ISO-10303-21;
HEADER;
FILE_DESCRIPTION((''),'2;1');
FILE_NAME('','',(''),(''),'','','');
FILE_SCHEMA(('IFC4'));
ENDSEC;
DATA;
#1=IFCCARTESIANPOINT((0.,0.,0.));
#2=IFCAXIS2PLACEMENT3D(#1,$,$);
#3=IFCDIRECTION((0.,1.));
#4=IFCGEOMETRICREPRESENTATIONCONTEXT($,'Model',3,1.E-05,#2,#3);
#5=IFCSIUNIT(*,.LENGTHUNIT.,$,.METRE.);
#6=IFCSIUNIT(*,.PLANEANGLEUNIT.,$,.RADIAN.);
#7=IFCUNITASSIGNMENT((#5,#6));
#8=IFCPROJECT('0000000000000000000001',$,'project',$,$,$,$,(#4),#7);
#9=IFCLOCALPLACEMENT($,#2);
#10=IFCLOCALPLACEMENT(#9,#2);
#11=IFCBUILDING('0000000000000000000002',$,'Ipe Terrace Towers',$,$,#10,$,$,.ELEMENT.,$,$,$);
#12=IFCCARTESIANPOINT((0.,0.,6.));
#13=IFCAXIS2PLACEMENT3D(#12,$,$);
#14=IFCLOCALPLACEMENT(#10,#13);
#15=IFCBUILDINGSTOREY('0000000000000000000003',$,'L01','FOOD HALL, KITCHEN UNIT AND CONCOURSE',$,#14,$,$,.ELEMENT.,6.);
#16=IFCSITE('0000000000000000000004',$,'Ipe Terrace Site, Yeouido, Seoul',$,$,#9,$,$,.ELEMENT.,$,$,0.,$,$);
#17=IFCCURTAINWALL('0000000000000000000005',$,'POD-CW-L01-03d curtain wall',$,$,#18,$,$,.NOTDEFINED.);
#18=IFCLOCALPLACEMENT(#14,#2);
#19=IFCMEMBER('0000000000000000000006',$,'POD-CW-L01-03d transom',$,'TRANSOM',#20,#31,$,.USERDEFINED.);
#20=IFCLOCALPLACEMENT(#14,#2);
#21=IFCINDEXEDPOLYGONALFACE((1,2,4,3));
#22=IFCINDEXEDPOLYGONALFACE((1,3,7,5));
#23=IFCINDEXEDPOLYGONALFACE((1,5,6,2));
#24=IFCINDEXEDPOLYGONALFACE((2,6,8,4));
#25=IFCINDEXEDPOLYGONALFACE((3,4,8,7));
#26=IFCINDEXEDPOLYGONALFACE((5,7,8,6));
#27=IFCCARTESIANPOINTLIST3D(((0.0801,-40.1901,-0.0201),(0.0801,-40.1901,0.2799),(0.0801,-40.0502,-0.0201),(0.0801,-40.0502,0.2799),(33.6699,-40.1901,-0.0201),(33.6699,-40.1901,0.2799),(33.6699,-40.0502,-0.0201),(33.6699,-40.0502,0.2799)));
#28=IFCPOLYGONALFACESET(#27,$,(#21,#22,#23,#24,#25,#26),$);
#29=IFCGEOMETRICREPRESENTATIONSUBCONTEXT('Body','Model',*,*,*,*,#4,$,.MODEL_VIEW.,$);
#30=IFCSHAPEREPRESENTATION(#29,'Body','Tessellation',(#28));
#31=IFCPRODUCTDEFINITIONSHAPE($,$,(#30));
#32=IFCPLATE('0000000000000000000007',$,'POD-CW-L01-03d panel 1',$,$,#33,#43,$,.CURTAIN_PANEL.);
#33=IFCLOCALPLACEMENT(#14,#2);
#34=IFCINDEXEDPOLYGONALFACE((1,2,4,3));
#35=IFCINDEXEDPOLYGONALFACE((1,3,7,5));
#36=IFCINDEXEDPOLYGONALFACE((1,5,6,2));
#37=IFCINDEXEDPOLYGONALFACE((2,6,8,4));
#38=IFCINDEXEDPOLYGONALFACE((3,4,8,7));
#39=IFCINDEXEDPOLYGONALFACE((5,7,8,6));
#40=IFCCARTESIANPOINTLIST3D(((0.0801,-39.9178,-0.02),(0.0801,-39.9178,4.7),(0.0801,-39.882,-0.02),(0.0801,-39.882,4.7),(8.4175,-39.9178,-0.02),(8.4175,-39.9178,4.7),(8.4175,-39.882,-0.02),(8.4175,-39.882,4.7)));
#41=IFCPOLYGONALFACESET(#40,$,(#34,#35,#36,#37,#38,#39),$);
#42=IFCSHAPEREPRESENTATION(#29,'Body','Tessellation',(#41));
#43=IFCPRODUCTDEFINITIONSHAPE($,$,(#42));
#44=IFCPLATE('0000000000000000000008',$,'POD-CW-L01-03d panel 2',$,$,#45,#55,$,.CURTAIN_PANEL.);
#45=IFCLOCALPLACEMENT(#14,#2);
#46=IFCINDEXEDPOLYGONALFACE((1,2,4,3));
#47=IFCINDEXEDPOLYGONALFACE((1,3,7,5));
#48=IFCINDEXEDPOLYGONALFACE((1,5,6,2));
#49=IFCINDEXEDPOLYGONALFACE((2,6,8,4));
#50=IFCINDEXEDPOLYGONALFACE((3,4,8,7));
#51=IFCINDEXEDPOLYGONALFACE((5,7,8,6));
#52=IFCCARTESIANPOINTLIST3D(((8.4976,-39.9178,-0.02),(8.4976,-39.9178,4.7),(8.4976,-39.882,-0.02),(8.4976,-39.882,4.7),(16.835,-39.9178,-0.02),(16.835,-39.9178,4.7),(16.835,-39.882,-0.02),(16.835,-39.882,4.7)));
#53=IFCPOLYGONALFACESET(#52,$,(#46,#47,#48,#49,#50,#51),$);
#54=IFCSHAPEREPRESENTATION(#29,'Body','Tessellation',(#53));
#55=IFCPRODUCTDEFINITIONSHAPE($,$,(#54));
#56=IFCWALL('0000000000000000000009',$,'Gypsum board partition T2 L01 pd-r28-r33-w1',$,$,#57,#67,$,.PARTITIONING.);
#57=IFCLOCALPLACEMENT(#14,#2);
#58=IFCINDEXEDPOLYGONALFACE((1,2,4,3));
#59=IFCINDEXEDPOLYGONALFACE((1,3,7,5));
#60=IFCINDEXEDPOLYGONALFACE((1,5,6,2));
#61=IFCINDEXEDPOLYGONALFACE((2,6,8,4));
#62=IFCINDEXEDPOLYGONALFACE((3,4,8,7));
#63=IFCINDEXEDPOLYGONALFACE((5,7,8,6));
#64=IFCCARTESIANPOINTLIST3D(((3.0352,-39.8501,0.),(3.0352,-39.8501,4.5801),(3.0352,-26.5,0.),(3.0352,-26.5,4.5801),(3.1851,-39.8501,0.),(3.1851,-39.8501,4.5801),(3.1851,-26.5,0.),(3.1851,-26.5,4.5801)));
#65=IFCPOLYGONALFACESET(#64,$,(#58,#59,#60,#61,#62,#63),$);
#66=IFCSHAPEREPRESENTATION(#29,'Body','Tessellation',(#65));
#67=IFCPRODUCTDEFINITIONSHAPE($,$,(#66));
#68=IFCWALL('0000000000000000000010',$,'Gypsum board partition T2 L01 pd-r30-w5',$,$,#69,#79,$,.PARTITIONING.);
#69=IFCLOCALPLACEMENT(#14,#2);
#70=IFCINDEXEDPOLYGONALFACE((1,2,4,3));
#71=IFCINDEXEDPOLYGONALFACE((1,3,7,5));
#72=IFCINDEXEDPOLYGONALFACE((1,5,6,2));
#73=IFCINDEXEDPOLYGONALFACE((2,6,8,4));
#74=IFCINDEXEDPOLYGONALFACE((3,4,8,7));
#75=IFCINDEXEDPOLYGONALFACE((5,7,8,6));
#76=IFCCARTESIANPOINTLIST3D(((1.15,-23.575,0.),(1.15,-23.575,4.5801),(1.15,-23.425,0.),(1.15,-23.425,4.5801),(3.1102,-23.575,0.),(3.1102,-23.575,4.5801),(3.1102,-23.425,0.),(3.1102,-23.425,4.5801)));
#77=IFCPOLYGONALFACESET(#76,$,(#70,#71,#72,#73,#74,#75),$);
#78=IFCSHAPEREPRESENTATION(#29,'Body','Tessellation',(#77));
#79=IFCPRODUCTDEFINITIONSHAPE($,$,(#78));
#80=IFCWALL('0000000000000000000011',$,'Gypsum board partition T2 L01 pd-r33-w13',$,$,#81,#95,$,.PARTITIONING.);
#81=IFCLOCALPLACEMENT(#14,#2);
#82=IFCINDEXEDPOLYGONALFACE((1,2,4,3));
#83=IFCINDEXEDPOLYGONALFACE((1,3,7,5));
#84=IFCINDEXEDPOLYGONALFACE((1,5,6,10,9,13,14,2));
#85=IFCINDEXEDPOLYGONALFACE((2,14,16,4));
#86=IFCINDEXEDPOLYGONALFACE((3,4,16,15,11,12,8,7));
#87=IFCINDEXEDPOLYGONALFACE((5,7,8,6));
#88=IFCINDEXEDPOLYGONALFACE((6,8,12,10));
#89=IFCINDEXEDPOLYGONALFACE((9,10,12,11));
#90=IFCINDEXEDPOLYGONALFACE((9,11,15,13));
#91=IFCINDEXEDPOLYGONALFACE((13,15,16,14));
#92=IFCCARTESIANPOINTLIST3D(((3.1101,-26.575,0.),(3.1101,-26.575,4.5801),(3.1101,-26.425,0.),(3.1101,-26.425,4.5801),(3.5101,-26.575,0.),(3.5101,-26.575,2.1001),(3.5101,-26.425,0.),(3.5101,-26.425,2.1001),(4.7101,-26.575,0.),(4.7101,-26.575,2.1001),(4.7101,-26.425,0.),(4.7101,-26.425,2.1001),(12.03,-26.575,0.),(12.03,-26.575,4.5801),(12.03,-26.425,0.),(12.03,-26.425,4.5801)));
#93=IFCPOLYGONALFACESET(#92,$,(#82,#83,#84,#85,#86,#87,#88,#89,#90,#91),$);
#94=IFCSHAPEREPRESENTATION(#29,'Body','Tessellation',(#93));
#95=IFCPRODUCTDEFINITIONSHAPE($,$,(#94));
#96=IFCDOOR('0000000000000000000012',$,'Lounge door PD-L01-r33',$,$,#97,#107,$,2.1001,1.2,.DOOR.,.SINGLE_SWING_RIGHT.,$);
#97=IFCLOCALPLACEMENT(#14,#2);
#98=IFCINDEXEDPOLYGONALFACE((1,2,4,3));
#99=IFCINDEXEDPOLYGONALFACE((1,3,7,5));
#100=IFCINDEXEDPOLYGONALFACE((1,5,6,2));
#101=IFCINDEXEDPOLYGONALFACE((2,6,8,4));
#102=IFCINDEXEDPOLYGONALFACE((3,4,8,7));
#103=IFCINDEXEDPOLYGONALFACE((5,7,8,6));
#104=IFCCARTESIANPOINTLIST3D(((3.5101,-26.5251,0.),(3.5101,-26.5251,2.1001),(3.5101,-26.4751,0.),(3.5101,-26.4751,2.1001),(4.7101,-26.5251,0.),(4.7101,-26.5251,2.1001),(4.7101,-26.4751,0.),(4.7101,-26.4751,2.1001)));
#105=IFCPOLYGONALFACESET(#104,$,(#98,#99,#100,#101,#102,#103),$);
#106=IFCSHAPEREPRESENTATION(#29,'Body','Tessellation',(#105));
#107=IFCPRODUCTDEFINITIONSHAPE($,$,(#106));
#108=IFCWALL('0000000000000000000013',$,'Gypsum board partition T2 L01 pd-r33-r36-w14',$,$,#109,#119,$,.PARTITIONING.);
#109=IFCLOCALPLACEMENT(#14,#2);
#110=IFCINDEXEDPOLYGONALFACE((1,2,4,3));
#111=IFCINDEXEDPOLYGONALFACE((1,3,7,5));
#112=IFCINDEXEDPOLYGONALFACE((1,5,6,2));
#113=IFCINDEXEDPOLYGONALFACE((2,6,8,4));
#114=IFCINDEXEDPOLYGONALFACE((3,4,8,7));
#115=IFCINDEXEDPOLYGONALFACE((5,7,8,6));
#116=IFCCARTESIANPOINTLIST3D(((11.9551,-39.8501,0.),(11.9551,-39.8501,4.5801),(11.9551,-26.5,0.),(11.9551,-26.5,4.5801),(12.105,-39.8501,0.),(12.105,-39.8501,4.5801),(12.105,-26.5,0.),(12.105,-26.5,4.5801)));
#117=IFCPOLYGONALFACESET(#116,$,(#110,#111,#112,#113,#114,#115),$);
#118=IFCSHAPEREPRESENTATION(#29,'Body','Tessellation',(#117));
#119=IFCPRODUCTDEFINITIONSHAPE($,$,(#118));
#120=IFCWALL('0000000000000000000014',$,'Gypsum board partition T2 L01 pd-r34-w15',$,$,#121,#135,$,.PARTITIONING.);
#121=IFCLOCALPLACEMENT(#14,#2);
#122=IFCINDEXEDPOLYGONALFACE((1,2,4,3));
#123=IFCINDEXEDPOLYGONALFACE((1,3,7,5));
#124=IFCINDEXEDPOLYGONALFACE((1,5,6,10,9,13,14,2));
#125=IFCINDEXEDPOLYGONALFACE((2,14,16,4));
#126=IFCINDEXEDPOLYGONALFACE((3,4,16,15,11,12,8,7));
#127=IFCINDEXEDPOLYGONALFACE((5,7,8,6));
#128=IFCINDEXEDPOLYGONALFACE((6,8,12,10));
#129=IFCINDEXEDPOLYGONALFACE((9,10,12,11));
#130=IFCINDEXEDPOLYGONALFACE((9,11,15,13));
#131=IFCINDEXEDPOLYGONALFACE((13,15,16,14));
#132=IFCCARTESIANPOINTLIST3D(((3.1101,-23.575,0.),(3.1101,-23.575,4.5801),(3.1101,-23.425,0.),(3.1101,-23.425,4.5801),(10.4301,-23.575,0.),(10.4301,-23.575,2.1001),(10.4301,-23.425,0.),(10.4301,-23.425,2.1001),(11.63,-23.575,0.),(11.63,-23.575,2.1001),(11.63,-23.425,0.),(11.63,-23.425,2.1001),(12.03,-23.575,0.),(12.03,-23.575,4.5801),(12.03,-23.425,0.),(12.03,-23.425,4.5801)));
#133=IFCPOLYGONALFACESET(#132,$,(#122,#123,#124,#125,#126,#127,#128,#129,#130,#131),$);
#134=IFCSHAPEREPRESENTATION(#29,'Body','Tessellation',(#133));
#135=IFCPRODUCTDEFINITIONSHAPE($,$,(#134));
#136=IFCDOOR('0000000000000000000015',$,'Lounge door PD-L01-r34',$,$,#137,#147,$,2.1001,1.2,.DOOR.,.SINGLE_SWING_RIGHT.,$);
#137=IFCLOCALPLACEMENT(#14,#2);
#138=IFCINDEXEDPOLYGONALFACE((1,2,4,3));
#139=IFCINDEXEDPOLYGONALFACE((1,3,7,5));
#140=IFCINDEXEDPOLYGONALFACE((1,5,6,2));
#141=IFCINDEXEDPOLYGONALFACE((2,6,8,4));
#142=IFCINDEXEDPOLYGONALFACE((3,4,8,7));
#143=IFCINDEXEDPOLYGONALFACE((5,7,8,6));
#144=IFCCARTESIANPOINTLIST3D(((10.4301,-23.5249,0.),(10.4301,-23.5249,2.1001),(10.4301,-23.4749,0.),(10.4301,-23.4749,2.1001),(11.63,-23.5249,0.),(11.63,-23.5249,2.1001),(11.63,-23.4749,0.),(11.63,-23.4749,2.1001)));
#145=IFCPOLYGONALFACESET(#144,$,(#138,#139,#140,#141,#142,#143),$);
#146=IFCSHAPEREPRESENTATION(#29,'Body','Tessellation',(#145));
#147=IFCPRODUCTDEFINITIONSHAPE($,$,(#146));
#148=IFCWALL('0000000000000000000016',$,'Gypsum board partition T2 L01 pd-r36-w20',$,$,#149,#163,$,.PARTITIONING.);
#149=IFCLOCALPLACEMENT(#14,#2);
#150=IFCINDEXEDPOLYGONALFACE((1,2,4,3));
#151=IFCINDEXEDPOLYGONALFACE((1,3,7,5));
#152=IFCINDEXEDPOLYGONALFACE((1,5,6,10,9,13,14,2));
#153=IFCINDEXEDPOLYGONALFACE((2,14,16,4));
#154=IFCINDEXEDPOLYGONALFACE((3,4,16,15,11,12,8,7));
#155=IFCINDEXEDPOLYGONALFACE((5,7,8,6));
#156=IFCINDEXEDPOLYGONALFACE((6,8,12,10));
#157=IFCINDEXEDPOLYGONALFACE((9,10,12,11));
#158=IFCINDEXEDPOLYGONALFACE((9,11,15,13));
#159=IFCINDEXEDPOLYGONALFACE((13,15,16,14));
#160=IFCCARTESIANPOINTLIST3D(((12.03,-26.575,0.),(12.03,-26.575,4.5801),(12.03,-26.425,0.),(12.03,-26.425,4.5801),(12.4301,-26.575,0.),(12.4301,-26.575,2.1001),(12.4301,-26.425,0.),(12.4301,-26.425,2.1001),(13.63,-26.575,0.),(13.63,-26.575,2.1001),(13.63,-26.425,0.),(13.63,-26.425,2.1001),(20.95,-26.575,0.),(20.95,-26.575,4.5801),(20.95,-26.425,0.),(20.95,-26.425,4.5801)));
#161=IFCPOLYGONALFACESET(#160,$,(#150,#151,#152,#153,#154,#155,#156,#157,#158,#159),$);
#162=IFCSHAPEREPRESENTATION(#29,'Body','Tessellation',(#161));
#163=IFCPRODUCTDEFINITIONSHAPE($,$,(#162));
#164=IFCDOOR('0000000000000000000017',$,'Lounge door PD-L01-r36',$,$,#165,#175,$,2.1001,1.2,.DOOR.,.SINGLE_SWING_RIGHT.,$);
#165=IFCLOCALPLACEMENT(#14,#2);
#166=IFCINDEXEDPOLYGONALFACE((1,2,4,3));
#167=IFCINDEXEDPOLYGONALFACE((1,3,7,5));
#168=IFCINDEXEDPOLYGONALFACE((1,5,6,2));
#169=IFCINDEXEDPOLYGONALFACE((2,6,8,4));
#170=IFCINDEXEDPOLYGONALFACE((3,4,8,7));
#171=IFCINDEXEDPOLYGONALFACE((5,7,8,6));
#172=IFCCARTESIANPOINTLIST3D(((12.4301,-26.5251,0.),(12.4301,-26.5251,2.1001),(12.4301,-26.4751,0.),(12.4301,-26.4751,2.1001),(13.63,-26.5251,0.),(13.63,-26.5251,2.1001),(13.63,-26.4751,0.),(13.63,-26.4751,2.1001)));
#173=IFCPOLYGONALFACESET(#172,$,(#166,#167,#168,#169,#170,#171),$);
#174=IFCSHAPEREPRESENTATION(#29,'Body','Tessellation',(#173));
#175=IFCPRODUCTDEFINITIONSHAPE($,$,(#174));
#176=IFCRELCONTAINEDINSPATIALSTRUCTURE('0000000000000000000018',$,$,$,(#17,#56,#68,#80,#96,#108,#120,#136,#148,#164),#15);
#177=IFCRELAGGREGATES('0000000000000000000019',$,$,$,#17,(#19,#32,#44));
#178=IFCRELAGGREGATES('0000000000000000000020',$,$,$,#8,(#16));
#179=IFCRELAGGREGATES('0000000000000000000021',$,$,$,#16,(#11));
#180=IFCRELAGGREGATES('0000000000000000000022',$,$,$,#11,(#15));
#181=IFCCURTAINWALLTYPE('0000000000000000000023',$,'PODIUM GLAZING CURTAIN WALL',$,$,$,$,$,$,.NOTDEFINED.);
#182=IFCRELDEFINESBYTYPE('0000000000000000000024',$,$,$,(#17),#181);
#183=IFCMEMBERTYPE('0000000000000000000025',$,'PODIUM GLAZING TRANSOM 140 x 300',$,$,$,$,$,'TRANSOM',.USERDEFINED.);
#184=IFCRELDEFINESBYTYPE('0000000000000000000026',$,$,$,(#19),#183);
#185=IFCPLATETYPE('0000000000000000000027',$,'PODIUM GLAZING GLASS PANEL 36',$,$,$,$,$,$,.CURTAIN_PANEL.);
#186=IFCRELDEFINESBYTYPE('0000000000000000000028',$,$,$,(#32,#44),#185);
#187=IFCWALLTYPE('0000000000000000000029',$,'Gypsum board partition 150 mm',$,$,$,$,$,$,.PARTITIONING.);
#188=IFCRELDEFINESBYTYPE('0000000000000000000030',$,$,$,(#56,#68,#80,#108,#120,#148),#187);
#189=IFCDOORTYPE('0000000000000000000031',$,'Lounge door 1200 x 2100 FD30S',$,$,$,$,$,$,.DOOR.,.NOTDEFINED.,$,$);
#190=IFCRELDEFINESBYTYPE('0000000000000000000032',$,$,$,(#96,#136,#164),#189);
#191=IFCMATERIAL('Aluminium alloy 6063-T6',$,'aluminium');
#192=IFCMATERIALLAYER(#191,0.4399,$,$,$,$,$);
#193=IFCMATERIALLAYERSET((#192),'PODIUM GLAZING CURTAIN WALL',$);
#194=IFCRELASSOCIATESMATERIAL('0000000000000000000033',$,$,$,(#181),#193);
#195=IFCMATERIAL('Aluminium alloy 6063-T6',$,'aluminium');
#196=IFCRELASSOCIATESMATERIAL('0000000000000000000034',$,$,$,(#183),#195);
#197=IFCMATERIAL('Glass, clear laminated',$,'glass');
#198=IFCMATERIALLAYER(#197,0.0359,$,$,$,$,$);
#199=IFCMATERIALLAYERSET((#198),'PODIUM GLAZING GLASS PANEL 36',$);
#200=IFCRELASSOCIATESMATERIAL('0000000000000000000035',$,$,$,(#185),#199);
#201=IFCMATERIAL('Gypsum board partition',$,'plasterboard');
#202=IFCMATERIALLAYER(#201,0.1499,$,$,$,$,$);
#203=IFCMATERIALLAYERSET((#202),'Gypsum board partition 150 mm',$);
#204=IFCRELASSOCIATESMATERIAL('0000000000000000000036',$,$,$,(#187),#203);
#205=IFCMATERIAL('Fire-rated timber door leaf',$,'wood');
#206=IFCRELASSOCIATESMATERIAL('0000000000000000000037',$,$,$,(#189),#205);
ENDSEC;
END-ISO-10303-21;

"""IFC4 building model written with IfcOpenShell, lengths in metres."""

from ifc_helpers import new_model, si_unit, direction, frame, frame_2d, origin, origin_2d, place, context, subcontext, project, spatial, rectangle, extrude, material, layer, layer_set, material_profile, profile_set, type_object, element, fill, aggregate, save


model = new_model("IFC4")

# Units and contexts
model_context = context("Model", 3, precision=1e-05, world=origin(), true_north=direction((0.0, 1.0)))
body_context = subcontext(model_context, "Body", "Model", "MODEL_VIEW")
ifc_project = project(units=[si_unit("LENGTHUNIT", "METRE"), si_unit("PLANEANGLEUNIT", "RADIAN")], contexts=[model_context])

# Site, building, storey
site_placement = place(None, origin())
site = spatial("IfcSite", under=ifc_project, at=site_placement, Name="Ipe Terrace Site, Yeouido, Seoul", CompositionType="ELEMENT", RefElevation=0.0)
building_placement = place(site_placement, origin())
building = spatial("IfcBuilding", under=site, at=building_placement, Name="Ipe Terrace Towers", CompositionType="ELEMENT")
storey_placement = place(building_placement, frame((0.0, 0.0, 6.0)))
storey = spatial("IfcBuildingStorey", under=building, at=storey_placement, Name="L01", Description="FOOD HALL, KITCHEN UNIT AND CONCOURSE", CompositionType="ELEMENT", Elevation=6.0)

# Curtain wall, member, plates
ifc_material_1 = material(Name="Aluminium alloy 6063-T6", Category="aluminium")
ifc_layer_1 = layer(ifc_material_1, 0.4399)
ifc_layer_set_1 = layer_set([ifc_layer_1], Name="PODIUM GLAZING CURTAIN WALL")
curtain_wall_type = type_object("IfcCurtainWallType", Name="PODIUM GLAZING CURTAIN WALL", PredefinedType="NOTDEFINED", material=ifc_layer_set_1)
curtain_wall_placement = place(storey_placement, origin())
curtain_wall = element("IfcCurtainWall", 1, at=curtain_wall_placement, inside=storey, type_object=curtain_wall_type, Name="POD-CW-L01-03d curtain wall", PredefinedType="NOTDEFINED")
ifc_material_2 = material(Name="Aluminium alloy 6063-T6", Category="aluminium")
ifc_material_profile_1 = material_profile(ifc_material_2, rectangle(XDim=0.1399, YDim=0.3, at=origin_2d()), Name="PODIUM GLAZING TRANSOM 140 x 300")
ifc_profile_set_1 = profile_set([ifc_material_profile_1], Name="Aluminium alloy 6063-T6")
member_type_1 = type_object("IfcMemberType", Name="PODIUM GLAZING TRANSOM 140 x 300", ElementType="TRANSOM", PredefinedType="USERDEFINED", material=ifc_profile_set_1)
member_1_placement = place(storey_placement, frame((0.0801, -40.1201, 0.1299), z_axis=(1.0, 0.0, 0.0), x_axis=(0.0, -1.0, 0.0)))
member_1 = element("IfcMember", 2, at=member_1_placement, type_object=member_type_1, Name="POD-CW-L01-03d transom", ObjectType="TRANSOM", PredefinedType="USERDEFINED", context=body_context, shape_type="SweptSolid", body=[
    extrude(rectangle(XDim=0.1399, YDim=0.3, at=origin_2d()), origin(), (0.0, 0.0, 1.0), 33.5898),
])
ifc_material_3 = material(Name="Glass, clear laminated", Category="glass")
ifc_layer_2 = layer(ifc_material_3, 0.0359)
ifc_layer_set_2 = layer_set([ifc_layer_2], Name="PODIUM GLAZING GLASS PANEL 36")
plate_type = type_object("IfcPlateType", Name="PODIUM GLAZING GLASS PANEL 36", PredefinedType="CURTAIN_PANEL", material=ifc_layer_set_2)
plate_1_placement = place(storey_placement, frame((4.2488, -39.8999, -0.02), z_axis=(0.0, 0.0, 1.0), x_axis=(1.0, 0.0, 0.0)))
plate_1 = element("IfcPlate", 3, at=plate_1_placement, type_object=plate_type, Name="POD-CW-L01-03d panel 1", PredefinedType="CURTAIN_PANEL", context=body_context, shape_type="SweptSolid", body=[
    extrude(rectangle(XDim=8.3374, YDim=0.0359, at=origin_2d()), origin(), (0.0, 0.0, 1.0), 4.72),
])
plate_2_placement = place(storey_placement, frame((12.6663, -39.8999, -0.02), z_axis=(0.0, 0.0, 1.0), x_axis=(1.0, 0.0, 0.0)))
plate_2 = element("IfcPlate", 4, at=plate_2_placement, type_object=plate_type, Name="POD-CW-L01-03d panel 2", PredefinedType="CURTAIN_PANEL", context=body_context, shape_type="SweptSolid", body=[
    extrude(rectangle(XDim=8.3374, YDim=0.0359, at=origin_2d()), origin(), (0.0, 0.0, 1.0), 4.72),
])
aggregate(curtain_wall, [member_1, plate_1, plate_2])

# Walls
ifc_material_4 = material(Name="Gypsum board partition", Category="plasterboard")
ifc_layer_3 = layer(ifc_material_4, 0.1499)
ifc_layer_set_3 = layer_set([ifc_layer_3], Name="Gypsum board partition 150 mm")
wall_type_1 = type_object("IfcWallType", Name="Gypsum board partition 150 mm", PredefinedType="PARTITIONING", material=ifc_layer_set_3)
wall_1_placement = place(storey_placement, frame((3.1101, -26.5, 0.0), z_axis=(0.0, 0.0, 1.0), x_axis=(0.0, -1.0, 0.0)))
element("IfcWall", 5, at=wall_1_placement, inside=storey, type_object=wall_type_1, Name="Gypsum board partition T2 L01 pd-r28-r33-w1", PredefinedType="PARTITIONING", context=body_context, shape_type="SweptSolid", body=[
    extrude(rectangle(XDim=13.3501, YDim=0.1499, at=frame_2d((6.675, 0.0))), origin(), (0.0, 0.0, 1.0), 4.5801),
])
wall_2_placement = place(storey_placement, frame((3.1101, -23.5, 0.0), z_axis=(0.0, 0.0, 1.0), x_axis=(-1.0, 0.0, 0.0)))
element("IfcWall", 6, at=wall_2_placement, inside=storey, type_object=wall_type_1, Name="Gypsum board partition T2 L01 pd-r30-w5", PredefinedType="PARTITIONING", context=body_context, shape_type="SweptSolid", body=[
    extrude(rectangle(XDim=1.9602, YDim=0.1499, at=frame_2d((0.98, 0.0))), origin(), (0.0, 0.0, 1.0), 4.5801),
])

# Wall, opening, door
wall_3_placement = place(storey_placement, frame((3.1101, -26.5, 0.0), z_axis=(0.0, 0.0, 1.0), x_axis=(1.0, 0.0, 0.0)))
wall_3 = element("IfcWall", 7, at=wall_3_placement, inside=storey, type_object=wall_type_1, Name="Gypsum board partition T2 L01 pd-r33-w13", PredefinedType="PARTITIONING", context=body_context, shape_type="SweptSolid", body=[
    extrude(rectangle(XDim=8.9199, YDim=0.1499, at=frame_2d((4.46, 0.0))), origin(), (0.0, 0.0, 1.0), 4.5801),
])
opening_1_placement = place(wall_3_placement, frame((0.3999, 0.0, 0.0)))
opening_1 = element("IfcOpeningElement", 8, at=opening_1_placement, cuts=wall_3, PredefinedType="OPENING", context=body_context, shape_type="SweptSolid", body=[
    extrude(rectangle(XDim=1.2, YDim=2.1001, at=frame_2d((0.6001, 1.05))), frame((0.0, 0.085, 0.0), z_axis=(0.0, -1.0, 0.0), x_axis=(1.0, 0.0, 0.0)), (0.0, 0.0, 1.0), 0.1699),
])
ifc_material_5 = material(Name="Fire-rated timber door leaf", Category="wood")
door_type = type_object("IfcDoorType", Name="Lounge door 1200 x 2100 FD30S", OperationType="NOTDEFINED", PredefinedType="DOOR", material=ifc_material_5)
door_1_placement = place(opening_1_placement, origin())
door_1 = element("IfcDoor", 9, at=door_1_placement, inside=storey, type_object=door_type, Name="Lounge door PD-L01-r33", OperationType="SINGLE_SWING_RIGHT", OverallHeight=2.1001, OverallWidth=1.2, PredefinedType="DOOR", context=body_context, shape_type="SweptSolid", body=[
    extrude(rectangle(XDim=1.2, YDim=2.1001, at=frame_2d((0.6001, 1.05))), frame((0.0, 0.0249, 0.0), z_axis=(0.0, -1.0, 0.0), x_axis=(1.0, 0.0, 0.0)), (0.0, 0.0, 1.0), 0.05),
])
fill(opening_1, door_1)

# Wall
wall_4_placement = place(storey_placement, frame((12.03, -26.5, 0.0), z_axis=(0.0, 0.0, 1.0), x_axis=(0.0, -1.0, 0.0)))
element("IfcWall", 10, at=wall_4_placement, inside=storey, type_object=wall_type_1, Name="Gypsum board partition T2 L01 pd-r33-r36-w14", PredefinedType="PARTITIONING", context=body_context, shape_type="SweptSolid", body=[
    extrude(rectangle(XDim=13.3501, YDim=0.1499, at=frame_2d((6.675, 0.0))), origin(), (0.0, 0.0, 1.0), 4.5801),
])

# Walls, openings, doors
wall_5_placement = place(storey_placement, frame((12.03, -23.5, 0.0), z_axis=(0.0, 0.0, 1.0), x_axis=(-1.0, 0.0, 0.0)))
wall_5 = element("IfcWall", 11, at=wall_5_placement, inside=storey, type_object=wall_type_1, Name="Gypsum board partition T2 L01 pd-r34-w15", PredefinedType="PARTITIONING", context=body_context, shape_type="SweptSolid", body=[
    extrude(rectangle(XDim=8.9199, YDim=0.1499, at=frame_2d((4.46, 0.0))), origin(), (0.0, 0.0, 1.0), 4.5801),
])
opening_2_placement = place(wall_5_placement, frame((0.3999, 0.0, 0.0)))
opening_2 = element("IfcOpeningElement", 12, at=opening_2_placement, cuts=wall_5, PredefinedType="OPENING", context=body_context, shape_type="SweptSolid", body=[
    extrude(rectangle(XDim=1.2, YDim=2.1001, at=frame_2d((0.6001, 1.05))), frame((0.0, 0.085, 0.0), z_axis=(0.0, -1.0, 0.0), x_axis=(1.0, 0.0, 0.0)), (0.0, 0.0, 1.0), 0.1699),
])
door_2_placement = place(opening_2_placement, origin())
door_2 = element("IfcDoor", 13, at=door_2_placement, inside=storey, type_object=door_type, Name="Lounge door PD-L01-r34", OperationType="SINGLE_SWING_RIGHT", OverallHeight=2.1001, OverallWidth=1.2, PredefinedType="DOOR", context=body_context, shape_type="SweptSolid", body=[
    extrude(rectangle(XDim=1.2, YDim=2.1001, at=frame_2d((0.6001, 1.05))), frame((0.0, 0.0249, 0.0), z_axis=(0.0, -1.0, 0.0), x_axis=(1.0, 0.0, 0.0)), (0.0, 0.0, 1.0), 0.05),
])
fill(opening_2, door_2)
wall_6_placement = place(storey_placement, frame((12.03, -26.5, 0.0), z_axis=(0.0, 0.0, 1.0), x_axis=(1.0, 0.0, 0.0)))
wall_6 = element("IfcWall", 14, at=wall_6_placement, inside=storey, type_object=wall_type_1, Name="Gypsum board partition T2 L01 pd-r36-w20", PredefinedType="PARTITIONING", context=body_context, shape_type="SweptSolid", body=[
    extrude(rectangle(XDim=8.9199, YDim=0.1499, at=frame_2d((4.46, 0.0))), origin(), (0.0, 0.0, 1.0), 4.5801),
])
opening_3_placement = place(wall_6_placement, frame((0.3999, 0.0, 0.0)))
opening_3 = element("IfcOpeningElement", 15, at=opening_3_placement, cuts=wall_6, PredefinedType="OPENING", context=body_context, shape_type="SweptSolid", body=[
    extrude(rectangle(XDim=1.2, YDim=2.1001, at=frame_2d((0.6001, 1.05))), frame((0.0, 0.085, 0.0), z_axis=(0.0, -1.0, 0.0), x_axis=(1.0, 0.0, 0.0)), (0.0, 0.0, 1.0), 0.1699),
])
door_3_placement = place(opening_3_placement, origin())
door_3 = element("IfcDoor", 16, at=door_3_placement, inside=storey, type_object=door_type, Name="Lounge door PD-L01-r36", OperationType="SINGLE_SWING_RIGHT", OverallHeight=2.1001, OverallWidth=1.2, PredefinedType="DOOR", context=body_context, shape_type="SweptSolid", body=[
    extrude(rectangle(XDim=1.2, YDim=2.1001, at=frame_2d((0.6001, 1.05))), frame((0.0, 0.0249, 0.0), z_axis=(0.0, -1.0, 0.0), x_axis=(1.0, 0.0, 0.0)), (0.0, 0.0, 1.0), 0.05),
])
fill(opening_3, door_3)

save(model, "model.ifc")
